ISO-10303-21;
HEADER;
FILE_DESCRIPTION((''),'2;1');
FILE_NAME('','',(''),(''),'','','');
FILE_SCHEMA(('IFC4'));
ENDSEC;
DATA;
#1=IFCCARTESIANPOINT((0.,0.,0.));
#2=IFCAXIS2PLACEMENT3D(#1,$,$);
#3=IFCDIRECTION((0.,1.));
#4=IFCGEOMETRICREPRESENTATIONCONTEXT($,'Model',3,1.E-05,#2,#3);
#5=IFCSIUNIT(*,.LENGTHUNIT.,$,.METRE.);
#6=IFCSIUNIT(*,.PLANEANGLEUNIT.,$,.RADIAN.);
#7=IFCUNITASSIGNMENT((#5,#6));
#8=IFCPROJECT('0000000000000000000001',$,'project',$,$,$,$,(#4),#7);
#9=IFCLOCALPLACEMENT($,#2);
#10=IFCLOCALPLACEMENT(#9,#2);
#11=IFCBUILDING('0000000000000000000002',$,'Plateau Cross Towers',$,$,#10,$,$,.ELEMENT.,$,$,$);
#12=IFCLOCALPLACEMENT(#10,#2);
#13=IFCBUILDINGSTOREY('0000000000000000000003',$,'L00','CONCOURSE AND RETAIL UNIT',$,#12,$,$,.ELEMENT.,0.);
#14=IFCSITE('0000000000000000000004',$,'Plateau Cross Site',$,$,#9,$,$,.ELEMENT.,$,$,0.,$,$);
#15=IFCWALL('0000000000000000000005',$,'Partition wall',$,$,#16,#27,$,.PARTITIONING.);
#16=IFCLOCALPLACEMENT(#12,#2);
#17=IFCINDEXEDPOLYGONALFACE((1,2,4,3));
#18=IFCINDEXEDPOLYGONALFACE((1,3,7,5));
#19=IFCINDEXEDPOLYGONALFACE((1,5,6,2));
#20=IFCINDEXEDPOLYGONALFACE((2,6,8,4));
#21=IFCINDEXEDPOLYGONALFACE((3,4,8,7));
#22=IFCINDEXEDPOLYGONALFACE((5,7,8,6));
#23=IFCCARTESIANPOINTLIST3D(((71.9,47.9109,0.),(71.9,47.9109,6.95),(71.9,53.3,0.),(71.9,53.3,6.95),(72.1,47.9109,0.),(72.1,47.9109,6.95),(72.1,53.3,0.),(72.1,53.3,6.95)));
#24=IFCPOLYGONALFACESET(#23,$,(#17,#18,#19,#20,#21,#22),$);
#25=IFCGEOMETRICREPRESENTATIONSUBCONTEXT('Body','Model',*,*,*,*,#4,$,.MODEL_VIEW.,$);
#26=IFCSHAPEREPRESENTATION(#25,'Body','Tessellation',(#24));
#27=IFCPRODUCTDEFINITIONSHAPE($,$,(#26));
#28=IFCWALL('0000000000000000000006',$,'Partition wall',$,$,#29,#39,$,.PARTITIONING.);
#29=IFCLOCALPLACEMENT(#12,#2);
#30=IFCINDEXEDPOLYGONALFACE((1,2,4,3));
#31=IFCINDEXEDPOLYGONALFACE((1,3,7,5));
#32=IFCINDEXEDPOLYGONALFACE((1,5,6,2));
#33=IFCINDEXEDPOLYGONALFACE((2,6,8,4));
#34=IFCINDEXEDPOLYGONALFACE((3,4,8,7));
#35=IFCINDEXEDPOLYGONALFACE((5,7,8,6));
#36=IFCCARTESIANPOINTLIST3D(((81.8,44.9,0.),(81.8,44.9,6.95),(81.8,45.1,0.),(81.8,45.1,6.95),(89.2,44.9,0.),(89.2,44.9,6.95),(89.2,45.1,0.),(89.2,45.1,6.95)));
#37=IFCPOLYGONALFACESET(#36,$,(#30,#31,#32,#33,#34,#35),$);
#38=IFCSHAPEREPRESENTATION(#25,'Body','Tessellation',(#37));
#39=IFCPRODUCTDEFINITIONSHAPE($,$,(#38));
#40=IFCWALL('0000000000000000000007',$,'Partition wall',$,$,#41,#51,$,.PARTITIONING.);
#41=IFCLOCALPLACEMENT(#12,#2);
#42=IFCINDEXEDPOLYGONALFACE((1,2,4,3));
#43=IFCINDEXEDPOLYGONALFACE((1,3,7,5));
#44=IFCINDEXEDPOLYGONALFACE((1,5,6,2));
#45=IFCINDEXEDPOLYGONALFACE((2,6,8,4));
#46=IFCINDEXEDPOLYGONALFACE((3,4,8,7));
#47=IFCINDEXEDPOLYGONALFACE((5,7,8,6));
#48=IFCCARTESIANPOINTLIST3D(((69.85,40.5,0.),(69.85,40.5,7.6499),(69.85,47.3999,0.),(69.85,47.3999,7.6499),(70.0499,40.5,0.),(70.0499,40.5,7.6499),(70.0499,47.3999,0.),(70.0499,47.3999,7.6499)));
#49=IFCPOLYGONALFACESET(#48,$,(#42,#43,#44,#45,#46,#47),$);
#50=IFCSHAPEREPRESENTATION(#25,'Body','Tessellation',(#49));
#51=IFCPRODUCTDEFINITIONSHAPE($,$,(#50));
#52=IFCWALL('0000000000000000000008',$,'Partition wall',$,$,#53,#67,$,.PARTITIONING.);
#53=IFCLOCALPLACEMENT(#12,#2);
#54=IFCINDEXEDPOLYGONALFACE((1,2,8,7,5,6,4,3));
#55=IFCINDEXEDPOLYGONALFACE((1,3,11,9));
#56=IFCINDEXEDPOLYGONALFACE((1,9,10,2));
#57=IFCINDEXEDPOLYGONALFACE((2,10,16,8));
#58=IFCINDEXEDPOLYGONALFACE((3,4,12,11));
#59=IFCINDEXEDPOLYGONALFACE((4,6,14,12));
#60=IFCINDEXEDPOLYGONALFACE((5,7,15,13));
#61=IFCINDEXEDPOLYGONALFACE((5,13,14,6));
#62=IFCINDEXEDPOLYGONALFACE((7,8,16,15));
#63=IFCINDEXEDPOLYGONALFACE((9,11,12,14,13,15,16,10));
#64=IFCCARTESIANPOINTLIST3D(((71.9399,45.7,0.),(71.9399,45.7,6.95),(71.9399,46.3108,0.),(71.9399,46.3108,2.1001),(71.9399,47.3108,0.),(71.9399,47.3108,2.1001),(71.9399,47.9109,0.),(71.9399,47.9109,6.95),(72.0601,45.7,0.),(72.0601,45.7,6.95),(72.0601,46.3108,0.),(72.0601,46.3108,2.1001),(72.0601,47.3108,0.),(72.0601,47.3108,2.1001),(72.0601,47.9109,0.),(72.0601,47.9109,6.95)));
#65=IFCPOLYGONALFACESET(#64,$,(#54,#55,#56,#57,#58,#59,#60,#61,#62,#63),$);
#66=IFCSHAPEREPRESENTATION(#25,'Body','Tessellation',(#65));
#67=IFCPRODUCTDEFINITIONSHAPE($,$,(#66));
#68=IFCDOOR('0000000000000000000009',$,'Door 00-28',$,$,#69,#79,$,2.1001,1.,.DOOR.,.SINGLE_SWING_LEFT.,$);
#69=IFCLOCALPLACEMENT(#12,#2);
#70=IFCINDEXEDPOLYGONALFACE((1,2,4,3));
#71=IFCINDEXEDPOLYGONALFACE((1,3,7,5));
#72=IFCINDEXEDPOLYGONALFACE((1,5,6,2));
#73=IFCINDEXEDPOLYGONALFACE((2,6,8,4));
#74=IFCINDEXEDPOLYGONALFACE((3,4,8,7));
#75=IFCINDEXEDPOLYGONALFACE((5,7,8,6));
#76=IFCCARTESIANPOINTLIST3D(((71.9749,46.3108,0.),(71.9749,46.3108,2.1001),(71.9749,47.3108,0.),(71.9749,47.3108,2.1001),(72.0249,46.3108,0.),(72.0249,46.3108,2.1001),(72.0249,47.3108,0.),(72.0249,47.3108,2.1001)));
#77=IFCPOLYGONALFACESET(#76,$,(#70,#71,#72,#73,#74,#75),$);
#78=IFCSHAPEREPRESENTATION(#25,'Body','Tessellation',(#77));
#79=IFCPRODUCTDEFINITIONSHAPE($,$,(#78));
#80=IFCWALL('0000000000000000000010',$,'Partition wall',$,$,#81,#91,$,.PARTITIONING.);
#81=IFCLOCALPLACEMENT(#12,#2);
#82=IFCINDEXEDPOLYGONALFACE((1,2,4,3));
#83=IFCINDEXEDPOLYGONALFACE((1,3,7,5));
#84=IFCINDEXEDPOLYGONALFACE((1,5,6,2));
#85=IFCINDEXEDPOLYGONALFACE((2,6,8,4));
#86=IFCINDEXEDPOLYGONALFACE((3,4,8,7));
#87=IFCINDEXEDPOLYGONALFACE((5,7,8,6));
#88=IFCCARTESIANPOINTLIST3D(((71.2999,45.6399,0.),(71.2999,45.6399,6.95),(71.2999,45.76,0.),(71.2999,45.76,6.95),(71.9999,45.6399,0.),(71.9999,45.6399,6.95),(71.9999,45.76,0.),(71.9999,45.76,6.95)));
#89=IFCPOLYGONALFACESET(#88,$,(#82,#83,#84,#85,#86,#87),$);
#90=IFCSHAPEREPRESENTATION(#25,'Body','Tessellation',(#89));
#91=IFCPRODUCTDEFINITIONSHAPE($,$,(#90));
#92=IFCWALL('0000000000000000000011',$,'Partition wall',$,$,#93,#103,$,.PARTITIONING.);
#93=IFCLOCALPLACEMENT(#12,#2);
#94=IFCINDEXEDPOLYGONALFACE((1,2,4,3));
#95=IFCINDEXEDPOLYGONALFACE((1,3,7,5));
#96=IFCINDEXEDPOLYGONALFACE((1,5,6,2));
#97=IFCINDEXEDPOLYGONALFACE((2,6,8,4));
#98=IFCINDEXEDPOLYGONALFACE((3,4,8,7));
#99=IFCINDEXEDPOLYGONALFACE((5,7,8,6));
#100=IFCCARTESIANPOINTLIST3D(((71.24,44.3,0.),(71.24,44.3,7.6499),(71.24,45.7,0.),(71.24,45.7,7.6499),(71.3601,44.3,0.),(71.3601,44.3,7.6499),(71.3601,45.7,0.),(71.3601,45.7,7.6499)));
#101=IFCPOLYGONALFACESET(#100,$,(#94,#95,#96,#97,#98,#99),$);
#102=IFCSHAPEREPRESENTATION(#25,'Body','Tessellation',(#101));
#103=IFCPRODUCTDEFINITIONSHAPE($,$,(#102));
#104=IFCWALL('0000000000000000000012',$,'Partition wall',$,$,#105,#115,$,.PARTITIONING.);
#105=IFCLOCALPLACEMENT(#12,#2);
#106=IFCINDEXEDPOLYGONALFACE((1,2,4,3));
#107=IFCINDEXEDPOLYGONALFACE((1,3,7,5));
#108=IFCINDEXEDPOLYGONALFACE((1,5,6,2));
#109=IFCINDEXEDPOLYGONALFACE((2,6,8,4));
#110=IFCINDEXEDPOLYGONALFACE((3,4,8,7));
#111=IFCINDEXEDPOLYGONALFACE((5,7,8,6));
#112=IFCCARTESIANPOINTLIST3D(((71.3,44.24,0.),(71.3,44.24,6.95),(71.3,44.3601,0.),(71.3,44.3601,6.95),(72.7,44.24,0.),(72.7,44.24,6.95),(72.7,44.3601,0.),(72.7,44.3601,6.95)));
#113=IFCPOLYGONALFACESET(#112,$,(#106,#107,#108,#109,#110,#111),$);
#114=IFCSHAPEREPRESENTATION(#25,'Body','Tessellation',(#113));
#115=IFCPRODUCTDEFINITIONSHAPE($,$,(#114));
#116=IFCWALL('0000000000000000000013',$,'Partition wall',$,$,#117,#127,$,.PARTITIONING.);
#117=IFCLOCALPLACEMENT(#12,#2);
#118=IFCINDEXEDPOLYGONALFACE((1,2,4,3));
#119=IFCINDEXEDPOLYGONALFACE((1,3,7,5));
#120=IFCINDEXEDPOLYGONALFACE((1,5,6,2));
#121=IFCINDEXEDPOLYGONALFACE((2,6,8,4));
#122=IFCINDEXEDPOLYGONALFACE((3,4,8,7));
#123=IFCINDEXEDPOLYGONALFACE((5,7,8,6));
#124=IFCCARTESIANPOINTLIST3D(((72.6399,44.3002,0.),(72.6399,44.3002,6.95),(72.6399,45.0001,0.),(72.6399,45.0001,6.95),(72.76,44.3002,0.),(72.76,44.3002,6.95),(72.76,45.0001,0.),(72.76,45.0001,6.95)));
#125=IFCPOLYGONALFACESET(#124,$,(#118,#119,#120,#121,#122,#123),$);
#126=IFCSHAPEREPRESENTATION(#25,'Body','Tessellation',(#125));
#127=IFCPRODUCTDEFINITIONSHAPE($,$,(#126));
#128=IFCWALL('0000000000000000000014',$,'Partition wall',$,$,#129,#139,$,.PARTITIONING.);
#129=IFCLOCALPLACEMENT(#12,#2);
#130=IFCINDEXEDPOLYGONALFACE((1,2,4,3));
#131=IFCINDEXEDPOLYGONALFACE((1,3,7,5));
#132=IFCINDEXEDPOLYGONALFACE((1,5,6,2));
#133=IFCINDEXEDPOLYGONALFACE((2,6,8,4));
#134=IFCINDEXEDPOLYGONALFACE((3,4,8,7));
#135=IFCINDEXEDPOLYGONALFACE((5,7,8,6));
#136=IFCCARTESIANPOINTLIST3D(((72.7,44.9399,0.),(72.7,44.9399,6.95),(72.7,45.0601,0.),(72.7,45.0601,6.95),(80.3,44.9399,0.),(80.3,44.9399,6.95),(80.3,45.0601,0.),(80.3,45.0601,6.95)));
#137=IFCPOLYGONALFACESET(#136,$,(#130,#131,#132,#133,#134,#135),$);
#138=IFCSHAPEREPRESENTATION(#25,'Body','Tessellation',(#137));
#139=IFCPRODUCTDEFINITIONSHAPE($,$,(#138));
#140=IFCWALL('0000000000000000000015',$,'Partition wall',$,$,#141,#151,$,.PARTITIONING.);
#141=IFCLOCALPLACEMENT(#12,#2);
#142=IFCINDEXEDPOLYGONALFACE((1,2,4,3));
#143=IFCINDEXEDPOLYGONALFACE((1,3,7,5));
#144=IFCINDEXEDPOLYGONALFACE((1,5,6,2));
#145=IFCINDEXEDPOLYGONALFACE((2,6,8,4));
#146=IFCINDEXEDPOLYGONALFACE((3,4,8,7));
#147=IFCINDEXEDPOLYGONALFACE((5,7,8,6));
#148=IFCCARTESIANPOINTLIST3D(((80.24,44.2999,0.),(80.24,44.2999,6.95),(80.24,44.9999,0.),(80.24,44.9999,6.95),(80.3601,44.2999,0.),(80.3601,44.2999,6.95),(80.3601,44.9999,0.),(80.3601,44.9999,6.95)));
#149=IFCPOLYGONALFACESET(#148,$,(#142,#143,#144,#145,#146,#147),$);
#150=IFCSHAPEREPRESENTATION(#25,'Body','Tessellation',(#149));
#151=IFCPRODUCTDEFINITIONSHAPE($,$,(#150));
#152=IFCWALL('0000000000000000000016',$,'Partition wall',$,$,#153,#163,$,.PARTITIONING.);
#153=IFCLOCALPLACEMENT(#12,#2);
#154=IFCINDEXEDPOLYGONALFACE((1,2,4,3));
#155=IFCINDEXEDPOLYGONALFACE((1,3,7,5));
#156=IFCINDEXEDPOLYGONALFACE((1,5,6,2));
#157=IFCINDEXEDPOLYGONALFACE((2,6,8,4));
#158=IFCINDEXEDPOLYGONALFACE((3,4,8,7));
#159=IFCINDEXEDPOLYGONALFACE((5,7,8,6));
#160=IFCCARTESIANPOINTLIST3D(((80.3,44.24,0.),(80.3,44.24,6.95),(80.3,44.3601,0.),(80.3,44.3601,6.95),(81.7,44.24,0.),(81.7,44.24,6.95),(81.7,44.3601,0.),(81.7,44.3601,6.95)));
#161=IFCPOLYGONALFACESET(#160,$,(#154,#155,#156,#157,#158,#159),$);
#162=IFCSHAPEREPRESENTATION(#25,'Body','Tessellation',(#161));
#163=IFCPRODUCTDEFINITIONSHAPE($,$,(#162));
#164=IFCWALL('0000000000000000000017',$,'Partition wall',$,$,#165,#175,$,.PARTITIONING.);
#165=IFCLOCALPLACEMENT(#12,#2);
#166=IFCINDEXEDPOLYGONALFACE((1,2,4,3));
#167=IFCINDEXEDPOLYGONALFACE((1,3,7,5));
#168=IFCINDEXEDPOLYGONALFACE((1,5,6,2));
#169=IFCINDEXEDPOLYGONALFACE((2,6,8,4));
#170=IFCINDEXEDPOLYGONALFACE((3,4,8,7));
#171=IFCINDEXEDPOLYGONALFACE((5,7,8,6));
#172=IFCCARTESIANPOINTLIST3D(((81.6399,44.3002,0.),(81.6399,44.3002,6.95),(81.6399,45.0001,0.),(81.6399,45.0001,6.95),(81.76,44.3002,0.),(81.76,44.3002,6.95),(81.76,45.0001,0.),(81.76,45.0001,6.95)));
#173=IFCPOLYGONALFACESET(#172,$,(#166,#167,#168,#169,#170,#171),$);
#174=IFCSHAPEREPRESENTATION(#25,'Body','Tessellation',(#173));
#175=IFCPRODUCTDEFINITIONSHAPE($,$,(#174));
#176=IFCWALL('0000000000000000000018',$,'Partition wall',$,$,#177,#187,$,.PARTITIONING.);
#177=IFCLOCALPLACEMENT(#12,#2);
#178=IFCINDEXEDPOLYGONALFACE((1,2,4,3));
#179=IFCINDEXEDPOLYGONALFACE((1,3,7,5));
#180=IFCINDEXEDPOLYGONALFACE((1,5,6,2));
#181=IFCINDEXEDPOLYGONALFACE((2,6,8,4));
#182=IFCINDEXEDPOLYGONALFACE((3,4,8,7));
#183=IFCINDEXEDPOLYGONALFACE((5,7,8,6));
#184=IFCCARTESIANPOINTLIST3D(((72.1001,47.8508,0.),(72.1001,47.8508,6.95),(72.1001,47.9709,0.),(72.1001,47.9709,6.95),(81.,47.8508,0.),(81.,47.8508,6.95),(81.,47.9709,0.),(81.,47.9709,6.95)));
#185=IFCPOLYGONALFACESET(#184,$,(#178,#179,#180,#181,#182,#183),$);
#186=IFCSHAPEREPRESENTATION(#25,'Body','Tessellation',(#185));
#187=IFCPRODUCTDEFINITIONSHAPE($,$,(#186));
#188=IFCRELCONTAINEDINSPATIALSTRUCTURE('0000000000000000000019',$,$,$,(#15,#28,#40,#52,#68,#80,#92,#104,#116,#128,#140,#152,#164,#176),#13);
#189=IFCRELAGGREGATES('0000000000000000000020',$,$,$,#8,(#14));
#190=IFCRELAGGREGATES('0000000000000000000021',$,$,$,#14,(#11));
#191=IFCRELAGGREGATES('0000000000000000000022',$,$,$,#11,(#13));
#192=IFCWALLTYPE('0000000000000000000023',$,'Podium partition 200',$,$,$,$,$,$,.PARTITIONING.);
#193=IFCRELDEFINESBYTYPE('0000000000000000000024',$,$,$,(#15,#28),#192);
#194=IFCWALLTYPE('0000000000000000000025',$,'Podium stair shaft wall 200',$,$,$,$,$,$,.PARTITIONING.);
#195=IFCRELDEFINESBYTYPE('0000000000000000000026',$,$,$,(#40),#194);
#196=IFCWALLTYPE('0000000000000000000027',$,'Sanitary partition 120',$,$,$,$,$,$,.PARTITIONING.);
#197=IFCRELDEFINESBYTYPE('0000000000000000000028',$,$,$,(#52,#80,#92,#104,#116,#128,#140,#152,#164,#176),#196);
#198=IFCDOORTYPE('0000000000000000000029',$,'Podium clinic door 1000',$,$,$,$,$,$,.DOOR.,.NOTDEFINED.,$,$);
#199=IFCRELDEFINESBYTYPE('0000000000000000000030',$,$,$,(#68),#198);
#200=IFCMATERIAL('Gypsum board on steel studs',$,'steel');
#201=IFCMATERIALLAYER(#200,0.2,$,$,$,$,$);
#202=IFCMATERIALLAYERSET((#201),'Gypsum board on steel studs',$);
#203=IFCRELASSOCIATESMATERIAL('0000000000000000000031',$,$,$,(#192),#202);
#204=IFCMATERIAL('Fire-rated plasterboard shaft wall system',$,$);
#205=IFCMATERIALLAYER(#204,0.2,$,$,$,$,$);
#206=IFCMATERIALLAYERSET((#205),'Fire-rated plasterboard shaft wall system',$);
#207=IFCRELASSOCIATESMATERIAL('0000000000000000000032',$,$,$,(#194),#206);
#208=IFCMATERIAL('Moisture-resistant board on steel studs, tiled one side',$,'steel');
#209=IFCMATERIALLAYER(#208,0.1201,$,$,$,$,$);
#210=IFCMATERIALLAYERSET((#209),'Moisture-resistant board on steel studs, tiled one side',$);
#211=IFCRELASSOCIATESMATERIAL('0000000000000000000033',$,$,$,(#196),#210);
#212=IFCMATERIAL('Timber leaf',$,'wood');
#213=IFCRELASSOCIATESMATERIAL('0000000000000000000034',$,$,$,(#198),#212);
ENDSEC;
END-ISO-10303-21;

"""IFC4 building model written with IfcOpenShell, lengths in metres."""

from ifc_helpers import new_model, si_unit, direction, frame, frame_2d, origin, place, context, subcontext, project, spatial, rectangle, extrude, material, layer, layer_set, type_object, element, fill, save


model = new_model("IFC4")

# Units and contexts
model_context = context("Model", 3, precision=1e-05, world=origin(), true_north=direction((0.0, 1.0)))
body_context = subcontext(model_context, "Body", "Model", "MODEL_VIEW")
ifc_project = project(units=[si_unit("LENGTHUNIT", "METRE"), si_unit("PLANEANGLEUNIT", "RADIAN")], contexts=[model_context])

# Site, building, storey
site_placement = place(None, origin())
site = spatial("IfcSite", under=ifc_project, at=site_placement, Name="Plateau Cross Site", CompositionType="ELEMENT", RefElevation=0.0)
building_placement = place(site_placement, origin())
building = spatial("IfcBuilding", under=site, at=building_placement, Name="Plateau Cross Towers", CompositionType="ELEMENT")
storey_placement = place(building_placement, origin())
storey = spatial("IfcBuildingStorey", under=building, at=storey_placement, Name="L00", Description="CONCOURSE AND RETAIL UNIT", CompositionType="ELEMENT", Elevation=0.0)

# Shared definitions
ifc_material_1 = material(Name="Gypsum board on steel studs", Category="steel")
ifc_layer_1 = layer(ifc_material_1, 0.2)
ifc_layer_set_1 = layer_set([ifc_layer_1], Name="Gypsum board on steel studs")
wall_type_1 = type_object("IfcWallType", Name="Podium partition 200", PredefinedType="PARTITIONING", material=ifc_layer_set_1)

# Walls
wall_1_placement = place(storey_placement, frame((72.0, 53.3, 0.0), z_axis=(0.0, 0.0, 1.0), x_axis=(0.0, -1.0, 0.0)))
element("IfcWall", 1, at=wall_1_placement, inside=storey, type_object=wall_type_1, Name="Partition wall", PredefinedType="PARTITIONING", context=body_context, shape_type="SweptSolid", body=[
    extrude(rectangle(XDim=5.3892, YDim=0.2, at=frame_2d((2.6946, 0.0))), origin(), (0.0, 0.0, 1.0), 6.95),
])
wall_2_placement = place(storey_placement, frame((81.8, 45.0, 0.0), z_axis=(0.0, 0.0, 1.0), x_axis=(1.0, 0.0, 0.0)))
element("IfcWall", 2, at=wall_2_placement, inside=storey, type_object=wall_type_1, Name="Partition wall", PredefinedType="PARTITIONING", context=body_context, shape_type="SweptSolid", body=[
    extrude(rectangle(XDim=7.3999, YDim=0.2, at=frame_2d((3.7, 0.0))), origin(), (0.0, 0.0, 1.0), 6.95),
])
ifc_material_2 = material(Name="Fire-rated plasterboard shaft wall system")
ifc_layer_2 = layer(ifc_material_2, 0.2)
ifc_layer_set_2 = layer_set([ifc_layer_2], Name="Fire-rated plasterboard shaft wall system")
wall_type_2 = type_object("IfcWallType", Name="Podium stair shaft wall 200", PredefinedType="PARTITIONING", material=ifc_layer_set_2)
wall_3_placement = place(storey_placement, frame((69.95, 47.3999, 0.0), z_axis=(0.0, 0.0, 1.0), x_axis=(0.0, -1.0, 0.0)))
element("IfcWall", 3, at=wall_3_placement, inside=storey, type_object=wall_type_2, Name="Partition wall", PredefinedType="PARTITIONING", context=body_context, shape_type="SweptSolid", body=[
    extrude(rectangle(XDim=6.8999, YDim=0.2, at=frame_2d((3.45, 0.0))), origin(), (0.0, 0.0, 1.0), 7.6499),
])

# Wall, opening, door
ifc_material_3 = material(Name="Moisture-resistant board on steel studs, tiled one side", Category="steel")
ifc_layer_3 = layer(ifc_material_3, 0.1201)
ifc_layer_set_3 = layer_set([ifc_layer_3], Name="Moisture-resistant board on steel studs, tiled one side")
wall_type_3 = type_object("IfcWallType", Name="Sanitary partition 120", PredefinedType="PARTITIONING", material=ifc_layer_set_3)
wall_4_placement = place(storey_placement, frame((72.0, 47.9109, 0.0), z_axis=(0.0, 0.0, 1.0), x_axis=(0.0, -1.0, 0.0)))
wall_4 = element("IfcWall", 4, at=wall_4_placement, inside=storey, type_object=wall_type_3, Name="Partition wall", PredefinedType="PARTITIONING", context=body_context, shape_type="SweptSolid", body=[
    extrude(rectangle(XDim=2.2109, YDim=0.1201, at=frame_2d((1.1055, 0.0))), origin(), (0.0, 0.0, 1.0), 6.95),
])
opening_1_placement = place(wall_4_placement, frame((0.6001, 0.0, 0.0)))
opening_1 = element("IfcOpeningElement", 5, at=opening_1_placement, cuts=wall_4, PredefinedType="OPENING", context=body_context, shape_type="SweptSolid", body=[
    extrude(rectangle(XDim=1.0, YDim=2.1001, at=frame_2d((0.5, 1.05))), frame((0.0, 0.0701, 0.0), z_axis=(0.0, -1.0, 0.0), x_axis=(1.0, 0.0, 0.0)), (0.0, 0.0, 1.0), 0.1401),
])
ifc_material_4 = material(Name="Timber leaf", Category="wood")
door_type_1 = type_object("IfcDoorType", Name="Podium clinic door 1000", OperationType="NOTDEFINED", PredefinedType="DOOR", material=ifc_material_4)
door_1_placement = place(opening_1_placement, origin())
door_1 = element("IfcDoor", 6, at=door_1_placement, inside=storey, type_object=door_type_1, Name="Door 00-28", OperationType="SINGLE_SWING_LEFT", OverallHeight=2.1001, OverallWidth=1.0, PredefinedType="DOOR", context=body_context, shape_type="SweptSolid", body=[
    extrude(rectangle(XDim=1.0, YDim=2.1001, at=frame_2d((0.5, 1.05))), frame((0.0, 0.0249, 0.0), z_axis=(0.0, -1.0, 0.0), x_axis=(1.0, 0.0, 0.0)), (0.0, 0.0, 1.0), 0.05),
])
fill(opening_1, door_1)

# Walls
wall_5_placement = place(storey_placement, frame((72.0, 45.7, 0.0), z_axis=(0.0, 0.0, 1.0), x_axis=(-1.0, 0.0, 0.0)))
element("IfcWall", 7, at=wall_5_placement, inside=storey, type_object=wall_type_3, Name="Partition wall", PredefinedType="PARTITIONING", context=body_context, shape_type="SweptSolid", body=[
    extrude(rectangle(XDim=0.7, YDim=0.1201, at=frame_2d((0.3501, 0.0))), origin(), (0.0, 0.0, 1.0), 6.95),
])
wall_6_placement = place(storey_placement, frame((71.3, 45.7, 0.0), z_axis=(0.0, 0.0, 1.0), x_axis=(0.0, -1.0, 0.0)))
element("IfcWall", 8, at=wall_6_placement, inside=storey, type_object=wall_type_3, Name="Partition wall", PredefinedType="PARTITIONING", context=body_context, shape_type="SweptSolid", body=[
    extrude(rectangle(XDim=1.3999, YDim=0.1201, at=frame_2d((0.7, 0.0))), origin(), (0.0, 0.0, 1.0), 7.6499),
])
wall_7_placement = place(storey_placement, frame((71.3, 44.3, 0.0), z_axis=(0.0, 0.0, 1.0), x_axis=(1.0, 0.0, 0.0)))
element("IfcWall", 9, at=wall_7_placement, inside=storey, type_object=wall_type_3, Name="Partition wall", PredefinedType="PARTITIONING", context=body_context, shape_type="SweptSolid", body=[
    extrude(rectangle(XDim=1.3999, YDim=0.1201, at=frame_2d((0.7, 0.0))), origin(), (0.0, 0.0, 1.0), 6.95),
])
wall_8_placement = place(storey_placement, frame((72.7, 44.3, 0.0), z_axis=(0.0, 0.0, 1.0), x_axis=(0.0, 1.0, 0.0)))
element("IfcWall", 10, at=wall_8_placement, inside=storey, type_object=wall_type_3, Name="Partition wall", PredefinedType="PARTITIONING", context=body_context, shape_type="SweptSolid", body=[
    extrude(rectangle(XDim=0.7, YDim=0.1201, at=frame_2d((0.3501, 0.0))), origin(), (0.0, 0.0, 1.0), 6.95),
])
wall_9_placement = place(storey_placement, frame((72.7, 45.0, 0.0), z_axis=(0.0, 0.0, 1.0), x_axis=(1.0, 0.0, 0.0)))
element("IfcWall", 11, at=wall_9_placement, inside=storey, type_object=wall_type_3, Name="Partition wall", PredefinedType="PARTITIONING", context=body_context, shape_type="SweptSolid", body=[
    extrude(rectangle(XDim=7.6001, YDim=0.1201, at=frame_2d((3.8, 0.0))), origin(), (0.0, 0.0, 1.0), 6.95),
])
wall_10_placement = place(storey_placement, frame((80.3, 45.0, 0.0), z_axis=(0.0, 0.0, 1.0), x_axis=(0.0, -1.0, 0.0)))
element("IfcWall", 12, at=wall_10_placement, inside=storey, type_object=wall_type_3, Name="Partition wall", PredefinedType="PARTITIONING", context=body_context, shape_type="SweptSolid", body=[
    extrude(rectangle(XDim=0.7, YDim=0.1201, at=frame_2d((0.3501, 0.0))), origin(), (0.0, 0.0, 1.0), 6.95),
])
wall_11_placement = place(storey_placement, frame((80.3, 44.3, 0.0), z_axis=(0.0, 0.0, 1.0), x_axis=(1.0, 0.0, 0.0)))
element("IfcWall", 13, at=wall_11_placement, inside=storey, type_object=wall_type_3, Name="Partition wall", PredefinedType="PARTITIONING", context=body_context, shape_type="SweptSolid", body=[
    extrude(rectangle(XDim=1.3999, YDim=0.1201, at=frame_2d((0.7, 0.0))), origin(), (0.0, 0.0, 1.0), 6.95),
])
wall_12_placement = place(storey_placement, frame((81.7, 44.3, 0.0), z_axis=(0.0, 0.0, 1.0), x_axis=(0.0, 1.0, 0.0)))
element("IfcWall", 14, at=wall_12_placement, inside=storey, type_object=wall_type_3, Name="Partition wall", PredefinedType="PARTITIONING", context=body_context, shape_type="SweptSolid", body=[
    extrude(rectangle(XDim=0.7, YDim=0.1201, at=frame_2d((0.3501, 0.0))), origin(), (0.0, 0.0, 1.0), 6.95),
])
wall_13_placement = place(storey_placement, frame((72.1001, 47.9109, 0.0), z_axis=(0.0, 0.0, 1.0), x_axis=(1.0, 0.0, 0.0)))
element("IfcWall", 15, at=wall_13_placement, inside=storey, type_object=wall_type_3, Name="Partition wall", PredefinedType="PARTITIONING", context=body_context, shape_type="SweptSolid", body=[
    extrude(rectangle(XDim=8.8999, YDim=0.1201, at=frame_2d((4.45, 0.0))), origin(), (0.0, 0.0, 1.0), 6.95),
])

save(model, "model.ifc")
